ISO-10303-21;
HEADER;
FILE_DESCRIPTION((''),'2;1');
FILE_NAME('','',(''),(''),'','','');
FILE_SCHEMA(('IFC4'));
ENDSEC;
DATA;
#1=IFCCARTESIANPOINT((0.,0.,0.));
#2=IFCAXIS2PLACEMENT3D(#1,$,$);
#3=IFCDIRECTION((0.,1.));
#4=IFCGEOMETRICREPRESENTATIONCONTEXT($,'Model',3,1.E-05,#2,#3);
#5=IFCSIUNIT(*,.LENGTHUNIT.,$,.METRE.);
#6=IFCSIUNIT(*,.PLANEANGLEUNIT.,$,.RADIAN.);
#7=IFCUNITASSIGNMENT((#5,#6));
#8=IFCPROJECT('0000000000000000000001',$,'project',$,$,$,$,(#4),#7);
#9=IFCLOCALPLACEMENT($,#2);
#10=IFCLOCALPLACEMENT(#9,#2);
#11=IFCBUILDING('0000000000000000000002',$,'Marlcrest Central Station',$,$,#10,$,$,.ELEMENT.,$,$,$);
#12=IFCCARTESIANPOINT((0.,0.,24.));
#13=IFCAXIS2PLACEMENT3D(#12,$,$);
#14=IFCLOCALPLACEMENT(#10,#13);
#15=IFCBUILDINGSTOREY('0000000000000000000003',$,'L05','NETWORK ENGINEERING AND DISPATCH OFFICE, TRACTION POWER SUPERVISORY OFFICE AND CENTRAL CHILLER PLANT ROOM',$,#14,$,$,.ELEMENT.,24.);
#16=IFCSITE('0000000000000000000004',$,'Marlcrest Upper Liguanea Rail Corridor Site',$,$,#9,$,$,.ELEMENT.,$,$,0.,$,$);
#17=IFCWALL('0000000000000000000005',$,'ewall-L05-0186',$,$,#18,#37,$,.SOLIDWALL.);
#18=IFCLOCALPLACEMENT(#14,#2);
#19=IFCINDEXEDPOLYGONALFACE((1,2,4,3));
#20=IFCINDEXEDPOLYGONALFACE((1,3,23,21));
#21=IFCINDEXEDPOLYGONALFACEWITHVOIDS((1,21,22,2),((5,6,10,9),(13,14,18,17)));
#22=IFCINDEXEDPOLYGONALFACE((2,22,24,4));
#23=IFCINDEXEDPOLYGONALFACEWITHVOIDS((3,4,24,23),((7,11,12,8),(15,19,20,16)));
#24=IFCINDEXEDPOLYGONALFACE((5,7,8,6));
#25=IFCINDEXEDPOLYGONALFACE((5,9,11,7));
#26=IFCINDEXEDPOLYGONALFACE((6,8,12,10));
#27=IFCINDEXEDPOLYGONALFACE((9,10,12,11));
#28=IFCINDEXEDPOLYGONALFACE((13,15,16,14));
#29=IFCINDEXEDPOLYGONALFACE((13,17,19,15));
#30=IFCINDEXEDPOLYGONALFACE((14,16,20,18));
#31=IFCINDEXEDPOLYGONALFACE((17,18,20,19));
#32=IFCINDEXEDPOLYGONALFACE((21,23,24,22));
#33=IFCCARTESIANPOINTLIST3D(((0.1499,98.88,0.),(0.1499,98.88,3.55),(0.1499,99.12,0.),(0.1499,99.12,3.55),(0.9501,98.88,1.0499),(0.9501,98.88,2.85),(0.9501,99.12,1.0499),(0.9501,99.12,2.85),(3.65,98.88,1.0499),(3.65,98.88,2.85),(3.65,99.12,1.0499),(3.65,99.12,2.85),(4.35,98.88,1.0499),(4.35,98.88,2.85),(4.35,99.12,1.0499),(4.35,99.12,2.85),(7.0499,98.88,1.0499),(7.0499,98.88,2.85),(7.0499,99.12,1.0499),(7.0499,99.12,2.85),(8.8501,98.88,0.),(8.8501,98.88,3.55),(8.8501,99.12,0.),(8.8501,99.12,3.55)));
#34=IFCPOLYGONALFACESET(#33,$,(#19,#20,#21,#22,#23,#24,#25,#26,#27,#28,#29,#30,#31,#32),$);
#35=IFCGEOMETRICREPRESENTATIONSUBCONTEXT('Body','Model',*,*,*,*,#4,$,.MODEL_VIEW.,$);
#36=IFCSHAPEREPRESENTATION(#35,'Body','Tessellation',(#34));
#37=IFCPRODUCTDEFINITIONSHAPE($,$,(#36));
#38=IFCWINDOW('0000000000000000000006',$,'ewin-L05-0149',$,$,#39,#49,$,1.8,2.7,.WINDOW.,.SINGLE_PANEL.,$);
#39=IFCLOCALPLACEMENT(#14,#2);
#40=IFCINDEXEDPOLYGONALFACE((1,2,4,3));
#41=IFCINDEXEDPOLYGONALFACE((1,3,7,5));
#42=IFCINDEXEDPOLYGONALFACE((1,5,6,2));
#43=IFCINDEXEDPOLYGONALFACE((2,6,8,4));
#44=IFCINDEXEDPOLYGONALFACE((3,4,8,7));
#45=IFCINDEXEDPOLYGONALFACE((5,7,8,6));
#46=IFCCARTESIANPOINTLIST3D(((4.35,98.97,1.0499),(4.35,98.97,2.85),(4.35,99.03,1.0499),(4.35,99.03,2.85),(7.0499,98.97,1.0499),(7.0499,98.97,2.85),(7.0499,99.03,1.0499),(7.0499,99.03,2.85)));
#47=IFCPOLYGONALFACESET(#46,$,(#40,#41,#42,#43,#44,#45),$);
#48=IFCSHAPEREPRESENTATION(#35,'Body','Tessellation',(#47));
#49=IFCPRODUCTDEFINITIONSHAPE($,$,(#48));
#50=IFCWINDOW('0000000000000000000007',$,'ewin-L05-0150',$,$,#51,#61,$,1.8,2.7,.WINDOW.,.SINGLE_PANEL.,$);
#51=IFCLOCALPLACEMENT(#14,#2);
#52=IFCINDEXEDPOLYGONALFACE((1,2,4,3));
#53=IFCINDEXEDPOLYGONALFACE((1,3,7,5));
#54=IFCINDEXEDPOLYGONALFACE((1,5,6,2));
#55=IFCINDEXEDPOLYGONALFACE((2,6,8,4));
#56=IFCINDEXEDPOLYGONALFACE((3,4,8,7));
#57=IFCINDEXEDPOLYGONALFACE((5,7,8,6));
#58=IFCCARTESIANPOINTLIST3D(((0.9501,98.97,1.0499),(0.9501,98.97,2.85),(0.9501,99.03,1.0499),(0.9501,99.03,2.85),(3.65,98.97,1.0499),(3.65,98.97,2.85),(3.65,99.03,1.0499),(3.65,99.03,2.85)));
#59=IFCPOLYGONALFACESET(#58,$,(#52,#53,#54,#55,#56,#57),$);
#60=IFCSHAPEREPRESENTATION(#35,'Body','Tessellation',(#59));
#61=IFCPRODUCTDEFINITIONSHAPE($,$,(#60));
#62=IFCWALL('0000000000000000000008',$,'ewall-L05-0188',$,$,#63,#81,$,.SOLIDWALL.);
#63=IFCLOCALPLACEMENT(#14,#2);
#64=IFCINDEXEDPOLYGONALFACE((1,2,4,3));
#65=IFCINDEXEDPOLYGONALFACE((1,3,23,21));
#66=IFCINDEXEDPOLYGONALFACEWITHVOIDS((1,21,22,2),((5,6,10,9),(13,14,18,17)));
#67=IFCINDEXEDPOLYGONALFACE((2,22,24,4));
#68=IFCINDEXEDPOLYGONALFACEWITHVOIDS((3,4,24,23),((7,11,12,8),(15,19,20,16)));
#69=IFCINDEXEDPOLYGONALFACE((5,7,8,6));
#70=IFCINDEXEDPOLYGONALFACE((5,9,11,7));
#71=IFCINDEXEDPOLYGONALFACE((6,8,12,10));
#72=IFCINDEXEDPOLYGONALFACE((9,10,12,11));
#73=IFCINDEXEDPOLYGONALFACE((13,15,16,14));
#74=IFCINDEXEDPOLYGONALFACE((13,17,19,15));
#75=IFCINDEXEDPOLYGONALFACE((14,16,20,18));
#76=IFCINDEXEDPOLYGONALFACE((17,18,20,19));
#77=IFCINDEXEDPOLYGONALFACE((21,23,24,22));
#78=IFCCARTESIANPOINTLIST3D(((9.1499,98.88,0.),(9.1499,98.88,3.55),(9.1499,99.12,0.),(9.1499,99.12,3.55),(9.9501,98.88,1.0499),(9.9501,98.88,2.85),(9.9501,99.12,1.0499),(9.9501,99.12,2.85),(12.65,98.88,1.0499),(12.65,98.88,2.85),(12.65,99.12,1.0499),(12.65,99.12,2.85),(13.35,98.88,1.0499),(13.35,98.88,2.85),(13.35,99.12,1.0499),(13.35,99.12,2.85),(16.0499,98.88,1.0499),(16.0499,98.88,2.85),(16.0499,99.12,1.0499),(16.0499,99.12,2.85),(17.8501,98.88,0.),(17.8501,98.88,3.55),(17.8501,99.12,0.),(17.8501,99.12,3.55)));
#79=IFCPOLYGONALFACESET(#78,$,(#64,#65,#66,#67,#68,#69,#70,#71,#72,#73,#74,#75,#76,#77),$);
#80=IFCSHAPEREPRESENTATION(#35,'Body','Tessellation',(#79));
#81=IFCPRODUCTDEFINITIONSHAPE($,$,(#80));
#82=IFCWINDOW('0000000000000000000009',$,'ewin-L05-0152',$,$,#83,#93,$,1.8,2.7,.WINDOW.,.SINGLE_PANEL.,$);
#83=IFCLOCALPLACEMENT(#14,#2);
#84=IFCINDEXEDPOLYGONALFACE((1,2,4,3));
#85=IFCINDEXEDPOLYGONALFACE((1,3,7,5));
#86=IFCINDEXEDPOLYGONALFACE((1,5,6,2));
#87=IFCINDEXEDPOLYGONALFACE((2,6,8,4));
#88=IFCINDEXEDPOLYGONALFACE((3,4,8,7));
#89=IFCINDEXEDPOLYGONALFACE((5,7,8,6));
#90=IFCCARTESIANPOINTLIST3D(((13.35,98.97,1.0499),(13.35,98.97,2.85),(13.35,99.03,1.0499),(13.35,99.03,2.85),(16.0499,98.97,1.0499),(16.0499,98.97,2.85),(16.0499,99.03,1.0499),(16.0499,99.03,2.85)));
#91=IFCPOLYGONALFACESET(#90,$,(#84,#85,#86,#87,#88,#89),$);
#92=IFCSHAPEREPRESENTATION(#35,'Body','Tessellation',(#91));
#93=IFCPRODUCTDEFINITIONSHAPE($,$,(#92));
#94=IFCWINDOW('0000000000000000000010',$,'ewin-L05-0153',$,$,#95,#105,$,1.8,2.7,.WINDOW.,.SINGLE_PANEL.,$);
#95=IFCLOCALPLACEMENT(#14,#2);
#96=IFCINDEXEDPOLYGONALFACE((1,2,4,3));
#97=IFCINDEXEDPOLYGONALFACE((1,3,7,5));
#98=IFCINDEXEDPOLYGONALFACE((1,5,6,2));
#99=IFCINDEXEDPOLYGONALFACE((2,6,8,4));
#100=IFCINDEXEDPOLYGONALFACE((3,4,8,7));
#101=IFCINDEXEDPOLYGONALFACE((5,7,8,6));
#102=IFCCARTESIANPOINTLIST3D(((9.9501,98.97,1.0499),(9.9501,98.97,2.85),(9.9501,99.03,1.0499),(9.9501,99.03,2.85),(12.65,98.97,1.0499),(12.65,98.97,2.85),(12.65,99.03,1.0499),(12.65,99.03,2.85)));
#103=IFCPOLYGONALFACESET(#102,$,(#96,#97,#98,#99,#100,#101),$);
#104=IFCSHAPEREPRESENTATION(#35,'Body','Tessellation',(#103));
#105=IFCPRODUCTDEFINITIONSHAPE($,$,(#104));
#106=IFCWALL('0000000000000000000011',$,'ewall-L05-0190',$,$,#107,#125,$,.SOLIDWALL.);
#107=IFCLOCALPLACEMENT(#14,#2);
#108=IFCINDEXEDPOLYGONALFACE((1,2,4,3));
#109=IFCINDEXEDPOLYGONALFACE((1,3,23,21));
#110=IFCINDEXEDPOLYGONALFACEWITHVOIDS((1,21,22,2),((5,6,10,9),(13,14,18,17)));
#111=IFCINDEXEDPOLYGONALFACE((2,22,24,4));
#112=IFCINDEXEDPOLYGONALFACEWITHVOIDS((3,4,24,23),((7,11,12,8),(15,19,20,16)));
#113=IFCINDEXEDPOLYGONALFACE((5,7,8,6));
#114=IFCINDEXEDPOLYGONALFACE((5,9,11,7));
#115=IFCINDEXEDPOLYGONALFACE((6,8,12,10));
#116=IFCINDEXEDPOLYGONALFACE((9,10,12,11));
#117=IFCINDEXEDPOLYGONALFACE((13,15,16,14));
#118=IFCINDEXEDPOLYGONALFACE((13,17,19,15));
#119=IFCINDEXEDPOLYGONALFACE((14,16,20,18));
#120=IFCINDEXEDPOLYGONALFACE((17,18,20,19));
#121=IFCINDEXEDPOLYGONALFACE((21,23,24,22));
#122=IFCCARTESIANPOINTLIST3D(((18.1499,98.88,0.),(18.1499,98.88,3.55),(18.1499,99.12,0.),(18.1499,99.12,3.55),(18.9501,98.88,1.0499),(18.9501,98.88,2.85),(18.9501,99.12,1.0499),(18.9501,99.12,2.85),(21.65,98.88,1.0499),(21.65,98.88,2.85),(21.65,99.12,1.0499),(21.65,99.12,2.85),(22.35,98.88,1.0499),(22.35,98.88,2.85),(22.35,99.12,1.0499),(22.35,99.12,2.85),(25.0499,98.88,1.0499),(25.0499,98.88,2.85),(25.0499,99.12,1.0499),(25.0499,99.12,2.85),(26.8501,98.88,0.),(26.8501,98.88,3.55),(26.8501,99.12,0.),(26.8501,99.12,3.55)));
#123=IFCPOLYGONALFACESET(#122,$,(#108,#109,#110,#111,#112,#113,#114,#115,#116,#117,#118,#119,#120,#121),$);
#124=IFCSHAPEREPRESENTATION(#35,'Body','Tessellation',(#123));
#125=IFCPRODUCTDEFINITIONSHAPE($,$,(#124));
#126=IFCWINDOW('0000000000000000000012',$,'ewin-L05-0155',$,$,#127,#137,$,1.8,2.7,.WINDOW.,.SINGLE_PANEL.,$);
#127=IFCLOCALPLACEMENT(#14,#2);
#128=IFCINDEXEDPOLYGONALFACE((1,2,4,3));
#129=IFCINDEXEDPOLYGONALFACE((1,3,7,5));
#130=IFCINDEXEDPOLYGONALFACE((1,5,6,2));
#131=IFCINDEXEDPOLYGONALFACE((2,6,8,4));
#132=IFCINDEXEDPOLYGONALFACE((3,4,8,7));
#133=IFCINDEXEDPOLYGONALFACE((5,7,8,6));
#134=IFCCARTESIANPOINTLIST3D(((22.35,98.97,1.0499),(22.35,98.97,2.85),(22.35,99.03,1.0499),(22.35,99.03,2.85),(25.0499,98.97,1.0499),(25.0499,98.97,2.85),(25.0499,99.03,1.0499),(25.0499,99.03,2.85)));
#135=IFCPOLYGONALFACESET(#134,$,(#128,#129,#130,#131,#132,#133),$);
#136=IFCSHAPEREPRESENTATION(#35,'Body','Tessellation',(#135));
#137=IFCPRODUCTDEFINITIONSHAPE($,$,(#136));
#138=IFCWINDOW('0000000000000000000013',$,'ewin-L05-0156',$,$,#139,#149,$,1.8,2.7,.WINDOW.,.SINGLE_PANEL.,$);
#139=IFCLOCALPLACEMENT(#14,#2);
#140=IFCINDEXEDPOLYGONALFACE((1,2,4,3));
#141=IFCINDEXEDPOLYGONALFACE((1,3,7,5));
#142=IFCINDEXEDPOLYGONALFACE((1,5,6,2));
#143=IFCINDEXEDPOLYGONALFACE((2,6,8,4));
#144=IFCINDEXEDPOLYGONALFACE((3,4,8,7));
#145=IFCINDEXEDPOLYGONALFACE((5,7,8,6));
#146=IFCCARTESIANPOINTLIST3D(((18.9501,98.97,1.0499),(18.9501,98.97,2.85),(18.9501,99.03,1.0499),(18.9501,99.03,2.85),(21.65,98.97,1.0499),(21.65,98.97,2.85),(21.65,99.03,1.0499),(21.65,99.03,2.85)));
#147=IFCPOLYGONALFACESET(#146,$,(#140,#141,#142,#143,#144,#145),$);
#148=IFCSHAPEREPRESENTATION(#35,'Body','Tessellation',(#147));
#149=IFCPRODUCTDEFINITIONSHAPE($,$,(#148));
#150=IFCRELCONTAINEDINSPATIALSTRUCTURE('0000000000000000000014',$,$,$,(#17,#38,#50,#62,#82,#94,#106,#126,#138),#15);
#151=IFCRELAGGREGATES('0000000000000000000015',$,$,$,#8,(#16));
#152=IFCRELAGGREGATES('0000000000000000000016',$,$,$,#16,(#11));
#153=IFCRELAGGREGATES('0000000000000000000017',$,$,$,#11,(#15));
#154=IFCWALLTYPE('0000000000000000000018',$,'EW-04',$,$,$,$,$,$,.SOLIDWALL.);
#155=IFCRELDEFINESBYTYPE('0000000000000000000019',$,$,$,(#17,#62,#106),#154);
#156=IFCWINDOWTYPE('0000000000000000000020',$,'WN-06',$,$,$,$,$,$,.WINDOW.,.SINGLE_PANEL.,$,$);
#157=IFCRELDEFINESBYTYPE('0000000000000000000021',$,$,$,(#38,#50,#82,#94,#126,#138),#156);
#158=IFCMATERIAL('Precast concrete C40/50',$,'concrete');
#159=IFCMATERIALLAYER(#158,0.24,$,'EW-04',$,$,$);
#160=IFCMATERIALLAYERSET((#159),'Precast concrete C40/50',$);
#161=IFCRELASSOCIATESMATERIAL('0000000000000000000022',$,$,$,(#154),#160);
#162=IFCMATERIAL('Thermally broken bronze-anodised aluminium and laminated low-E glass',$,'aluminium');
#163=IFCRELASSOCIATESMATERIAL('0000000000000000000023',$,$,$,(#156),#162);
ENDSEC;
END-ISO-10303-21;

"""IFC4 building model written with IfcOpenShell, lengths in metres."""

from ifc_helpers import new_model, si_unit, direction, frame, frame_2d, origin, place, context, subcontext, project, spatial, rectangle, extrude, material, layer, layer_set, type_object, element, fill, save


model = new_model("IFC4")

# Units and contexts
model_context = context("Model", 3, precision=1e-05, world=origin(), true_north=direction((0.0, 1.0)))
body_context = subcontext(model_context, "Body", "Model", "MODEL_VIEW")
ifc_project = project(units=[si_unit("LENGTHUNIT", "METRE"), si_unit("PLANEANGLEUNIT", "RADIAN")], contexts=[model_context])

# Site, building, storey
site_placement = place(None, origin())
site = spatial("IfcSite", under=ifc_project, at=site_placement, Name="Marlcrest Upper Liguanea Rail Corridor Site", CompositionType="ELEMENT", RefElevation=0.0)
building_placement = place(site_placement, origin())
building = spatial("IfcBuilding", under=site, at=building_placement, Name="Marlcrest Central Station", CompositionType="ELEMENT")
storey_placement = place(building_placement, frame((0.0, 0.0, 24.0)))
storey = spatial("IfcBuildingStorey", under=building, at=storey_placement, Name="L05", Description="NETWORK ENGINEERING AND DISPATCH OFFICE, TRACTION POWER SUPERVISORY OFFICE AND CENTRAL CHILLER PLANT ROOM", CompositionType="ELEMENT", Elevation=24.0)

# Walls, openings, windows
ifc_material_1 = material(Name="Precast concrete C40/50", Category="concrete")
ifc_layer = layer(ifc_material_1, 0.24, Name="EW-04")
ifc_layer_set = layer_set([ifc_layer], Name="Precast concrete C40/50")
wall_type = type_object("IfcWallType", Name="EW-04", PredefinedType="SOLIDWALL", material=ifc_layer_set)
wall_1_placement = place(storey_placement, frame((8.8501, 99.0, 0.0), z_axis=(0.0, 0.0, 1.0), x_axis=(-1.0, 0.0, 0.0)))
wall_1 = element("IfcWall", 1, at=wall_1_placement, inside=storey, type_object=wall_type, Name="ewall-L05-0186", PredefinedType="SOLIDWALL", context=body_context, shape_type="SweptSolid", body=[
    extrude(rectangle(XDim=8.7002, YDim=0.24, at=frame_2d((4.3501, 0.0))), origin(), (0.0, 0.0, 1.0), 3.55),
])
opening_1_placement = place(wall_1_placement, frame((1.8, 0.0, 1.05)))
opening_1 = element("IfcOpeningElement", 2, at=opening_1_placement, cuts=wall_1, PredefinedType="OPENING", context=body_context, shape_type="SweptSolid", body=[
    extrude(rectangle(XDim=2.7, YDim=1.8, at=frame_2d((1.3501, 0.8999))), frame((0.0, 0.1299, 0.0), z_axis=(0.0, -1.0, 0.0), x_axis=(1.0, 0.0, 0.0)), (0.0, 0.0, 1.0), 0.26),
])
opening_2_placement = place(wall_1_placement, frame((5.2, 0.0, 1.05)))
opening_2 = element("IfcOpeningElement", 3, at=opening_2_placement, cuts=wall_1, PredefinedType="OPENING", context=body_context, shape_type="SweptSolid", body=[
    extrude(rectangle(XDim=2.7, YDim=1.8, at=frame_2d((1.3501, 0.8999))), frame((0.0, 0.1299, 0.0), z_axis=(0.0, -1.0, 0.0), x_axis=(1.0, 0.0, 0.0)), (0.0, 0.0, 1.0), 0.26),
])
ifc_material_2 = material(Name="Thermally broken bronze-anodised aluminium and laminated low-E glass", Category="aluminium")
window_type = type_object("IfcWindowType", Name="WN-06", PartitioningType="SINGLE_PANEL", PredefinedType="WINDOW", material=ifc_material_2)
window_1_placement = place(opening_1_placement, origin())
window_1 = element("IfcWindow", 4, at=window_1_placement, inside=storey, type_object=window_type, Name="ewin-L05-0149", OverallHeight=1.8, OverallWidth=2.7, PartitioningType="SINGLE_PANEL", PredefinedType="WINDOW", context=body_context, shape_type="SweptSolid", body=[
    extrude(rectangle(XDim=2.7, YDim=1.8, at=frame_2d((1.3501, 0.8999))), frame((0.0, 0.03, 0.0), z_axis=(0.0, -1.0, 0.0), x_axis=(1.0, 0.0, 0.0)), (0.0, 0.0, 1.0), 0.0601),
])
fill(opening_1, window_1)
window_2_placement = place(opening_2_placement, origin())
window_2 = element("IfcWindow", 5, at=window_2_placement, inside=storey, type_object=window_type, Name="ewin-L05-0150", OverallHeight=1.8, OverallWidth=2.7, PartitioningType="SINGLE_PANEL", PredefinedType="WINDOW", context=body_context, shape_type="SweptSolid", body=[
    extrude(rectangle(XDim=2.7, YDim=1.8, at=frame_2d((1.3501, 0.8999))), frame((0.0, 0.03, 0.0), z_axis=(0.0, -1.0, 0.0), x_axis=(1.0, 0.0, 0.0)), (0.0, 0.0, 1.0), 0.0601),
])
fill(opening_2, window_2)
wall_2_placement = place(storey_placement, frame((17.8501, 99.0, 0.0), z_axis=(0.0, 0.0, 1.0), x_axis=(-1.0, 0.0, 0.0)))
wall_2 = element("IfcWall", 6, at=wall_2_placement, inside=storey, type_object=wall_type, Name="ewall-L05-0188", PredefinedType="SOLIDWALL", context=body_context, shape_type="SweptSolid", body=[
    extrude(rectangle(XDim=8.7002, YDim=0.24, at=frame_2d((4.3501, 0.0))), origin(), (0.0, 0.0, 1.0), 3.55),
])
opening_3_placement = place(wall_2_placement, frame((1.8, 0.0, 1.05)))
opening_3 = element("IfcOpeningElement", 7, at=opening_3_placement, cuts=wall_2, PredefinedType="OPENING", context=body_context, shape_type="SweptSolid", body=[
    extrude(rectangle(XDim=2.7, YDim=1.8, at=frame_2d((1.3501, 0.8999))), frame((0.0, 0.1299, 0.0), z_axis=(0.0, -1.0, 0.0), x_axis=(1.0, 0.0, 0.0)), (0.0, 0.0, 1.0), 0.26),
])
opening_4_placement = place(wall_2_placement, frame((5.2, 0.0, 1.05)))
opening_4 = element("IfcOpeningElement", 8, at=opening_4_placement, cuts=wall_2, PredefinedType="OPENING", context=body_context, shape_type="SweptSolid", body=[
    extrude(rectangle(XDim=2.7, YDim=1.8, at=frame_2d((1.3501, 0.8999))), frame((0.0, 0.1299, 0.0), z_axis=(0.0, -1.0, 0.0), x_axis=(1.0, 0.0, 0.0)), (0.0, 0.0, 1.0), 0.26),
])
window_3_placement = place(opening_3_placement, origin())
window_3 = element("IfcWindow", 9, at=window_3_placement, inside=storey, type_object=window_type, Name="ewin-L05-0152", OverallHeight=1.8, OverallWidth=2.7, PartitioningType="SINGLE_PANEL", PredefinedType="WINDOW", context=body_context, shape_type="SweptSolid", body=[
    extrude(rectangle(XDim=2.7, YDim=1.8, at=frame_2d((1.3501, 0.8999))), frame((0.0, 0.03, 0.0), z_axis=(0.0, -1.0, 0.0), x_axis=(1.0, 0.0, 0.0)), (0.0, 0.0, 1.0), 0.0601),
])
fill(opening_3, window_3)
window_4_placement = place(opening_4_placement, origin())
window_4 = element("IfcWindow", 10, at=window_4_placement, inside=storey, type_object=window_type, Name="ewin-L05-0153", OverallHeight=1.8, OverallWidth=2.7, PartitioningType="SINGLE_PANEL", PredefinedType="WINDOW", context=body_context, shape_type="SweptSolid", body=[
    extrude(rectangle(XDim=2.7, YDim=1.8, at=frame_2d((1.3501, 0.8999))), frame((0.0, 0.03, 0.0), z_axis=(0.0, -1.0, 0.0), x_axis=(1.0, 0.0, 0.0)), (0.0, 0.0, 1.0), 0.0601),
])
fill(opening_4, window_4)
wall_3_placement = place(storey_placement, frame((26.8501, 99.0, 0.0), z_axis=(0.0, 0.0, 1.0), x_axis=(-1.0, 0.0, 0.0)))
wall_3 = element("IfcWall", 11, at=wall_3_placement, inside=storey, type_object=wall_type, Name="ewall-L05-0190", PredefinedType="SOLIDWALL", context=body_context, shape_type="SweptSolid", body=[
    extrude(rectangle(XDim=8.7002, YDim=0.24, at=frame_2d((4.3501, 0.0))), origin(), (0.0, 0.0, 1.0), 3.55),
])
opening_5_placement = place(wall_3_placement, frame((1.8, 0.0, 1.05)))
opening_5 = element("IfcOpeningElement", 12, at=opening_5_placement, cuts=wall_3, PredefinedType="OPENING", context=body_context, shape_type="SweptSolid", body=[
    extrude(rectangle(XDim=2.7, YDim=1.8, at=frame_2d((1.3501, 0.8999))), frame((0.0, 0.1299, 0.0), z_axis=(0.0, -1.0, 0.0), x_axis=(1.0, 0.0, 0.0)), (0.0, 0.0, 1.0), 0.26),
])
opening_6_placement = place(wall_3_placement, frame((5.2, 0.0, 1.05)))
opening_6 = element("IfcOpeningElement", 13, at=opening_6_placement, cuts=wall_3, PredefinedType="OPENING", context=body_context, shape_type="SweptSolid", body=[
    extrude(rectangle(XDim=2.7, YDim=1.8, at=frame_2d((1.3501, 0.8999))), frame((0.0, 0.1299, 0.0), z_axis=(0.0, -1.0, 0.0), x_axis=(1.0, 0.0, 0.0)), (0.0, 0.0, 1.0), 0.26),
])
window_5_placement = place(opening_5_placement, origin())
window_5 = element("IfcWindow", 14, at=window_5_placement, inside=storey, type_object=window_type, Name="ewin-L05-0155", OverallHeight=1.8, OverallWidth=2.7, PartitioningType="SINGLE_PANEL", PredefinedType="WINDOW", context=body_context, shape_type="SweptSolid", body=[
    extrude(rectangle(XDim=2.7, YDim=1.8, at=frame_2d((1.3501, 0.8999))), frame((0.0, 0.03, 0.0), z_axis=(0.0, -1.0, 0.0), x_axis=(1.0, 0.0, 0.0)), (0.0, 0.0, 1.0), 0.0601),
])
fill(opening_5, window_5)
window_6_placement = place(opening_6_placement, origin())
window_6 = element("IfcWindow", 15, at=window_6_placement, inside=storey, type_object=window_type, Name="ewin-L05-0156", OverallHeight=1.8, OverallWidth=2.7, PartitioningType="SINGLE_PANEL", PredefinedType="WINDOW", context=body_context, shape_type="SweptSolid", body=[
    extrude(rectangle(XDim=2.7, YDim=1.8, at=frame_2d((1.3501, 0.8999))), frame((0.0, 0.03, 0.0), z_axis=(0.0, -1.0, 0.0), x_axis=(1.0, 0.0, 0.0)), (0.0, 0.0, 1.0), 0.0601),
])
fill(opening_6, window_6)

save(model, "model.ifc")
